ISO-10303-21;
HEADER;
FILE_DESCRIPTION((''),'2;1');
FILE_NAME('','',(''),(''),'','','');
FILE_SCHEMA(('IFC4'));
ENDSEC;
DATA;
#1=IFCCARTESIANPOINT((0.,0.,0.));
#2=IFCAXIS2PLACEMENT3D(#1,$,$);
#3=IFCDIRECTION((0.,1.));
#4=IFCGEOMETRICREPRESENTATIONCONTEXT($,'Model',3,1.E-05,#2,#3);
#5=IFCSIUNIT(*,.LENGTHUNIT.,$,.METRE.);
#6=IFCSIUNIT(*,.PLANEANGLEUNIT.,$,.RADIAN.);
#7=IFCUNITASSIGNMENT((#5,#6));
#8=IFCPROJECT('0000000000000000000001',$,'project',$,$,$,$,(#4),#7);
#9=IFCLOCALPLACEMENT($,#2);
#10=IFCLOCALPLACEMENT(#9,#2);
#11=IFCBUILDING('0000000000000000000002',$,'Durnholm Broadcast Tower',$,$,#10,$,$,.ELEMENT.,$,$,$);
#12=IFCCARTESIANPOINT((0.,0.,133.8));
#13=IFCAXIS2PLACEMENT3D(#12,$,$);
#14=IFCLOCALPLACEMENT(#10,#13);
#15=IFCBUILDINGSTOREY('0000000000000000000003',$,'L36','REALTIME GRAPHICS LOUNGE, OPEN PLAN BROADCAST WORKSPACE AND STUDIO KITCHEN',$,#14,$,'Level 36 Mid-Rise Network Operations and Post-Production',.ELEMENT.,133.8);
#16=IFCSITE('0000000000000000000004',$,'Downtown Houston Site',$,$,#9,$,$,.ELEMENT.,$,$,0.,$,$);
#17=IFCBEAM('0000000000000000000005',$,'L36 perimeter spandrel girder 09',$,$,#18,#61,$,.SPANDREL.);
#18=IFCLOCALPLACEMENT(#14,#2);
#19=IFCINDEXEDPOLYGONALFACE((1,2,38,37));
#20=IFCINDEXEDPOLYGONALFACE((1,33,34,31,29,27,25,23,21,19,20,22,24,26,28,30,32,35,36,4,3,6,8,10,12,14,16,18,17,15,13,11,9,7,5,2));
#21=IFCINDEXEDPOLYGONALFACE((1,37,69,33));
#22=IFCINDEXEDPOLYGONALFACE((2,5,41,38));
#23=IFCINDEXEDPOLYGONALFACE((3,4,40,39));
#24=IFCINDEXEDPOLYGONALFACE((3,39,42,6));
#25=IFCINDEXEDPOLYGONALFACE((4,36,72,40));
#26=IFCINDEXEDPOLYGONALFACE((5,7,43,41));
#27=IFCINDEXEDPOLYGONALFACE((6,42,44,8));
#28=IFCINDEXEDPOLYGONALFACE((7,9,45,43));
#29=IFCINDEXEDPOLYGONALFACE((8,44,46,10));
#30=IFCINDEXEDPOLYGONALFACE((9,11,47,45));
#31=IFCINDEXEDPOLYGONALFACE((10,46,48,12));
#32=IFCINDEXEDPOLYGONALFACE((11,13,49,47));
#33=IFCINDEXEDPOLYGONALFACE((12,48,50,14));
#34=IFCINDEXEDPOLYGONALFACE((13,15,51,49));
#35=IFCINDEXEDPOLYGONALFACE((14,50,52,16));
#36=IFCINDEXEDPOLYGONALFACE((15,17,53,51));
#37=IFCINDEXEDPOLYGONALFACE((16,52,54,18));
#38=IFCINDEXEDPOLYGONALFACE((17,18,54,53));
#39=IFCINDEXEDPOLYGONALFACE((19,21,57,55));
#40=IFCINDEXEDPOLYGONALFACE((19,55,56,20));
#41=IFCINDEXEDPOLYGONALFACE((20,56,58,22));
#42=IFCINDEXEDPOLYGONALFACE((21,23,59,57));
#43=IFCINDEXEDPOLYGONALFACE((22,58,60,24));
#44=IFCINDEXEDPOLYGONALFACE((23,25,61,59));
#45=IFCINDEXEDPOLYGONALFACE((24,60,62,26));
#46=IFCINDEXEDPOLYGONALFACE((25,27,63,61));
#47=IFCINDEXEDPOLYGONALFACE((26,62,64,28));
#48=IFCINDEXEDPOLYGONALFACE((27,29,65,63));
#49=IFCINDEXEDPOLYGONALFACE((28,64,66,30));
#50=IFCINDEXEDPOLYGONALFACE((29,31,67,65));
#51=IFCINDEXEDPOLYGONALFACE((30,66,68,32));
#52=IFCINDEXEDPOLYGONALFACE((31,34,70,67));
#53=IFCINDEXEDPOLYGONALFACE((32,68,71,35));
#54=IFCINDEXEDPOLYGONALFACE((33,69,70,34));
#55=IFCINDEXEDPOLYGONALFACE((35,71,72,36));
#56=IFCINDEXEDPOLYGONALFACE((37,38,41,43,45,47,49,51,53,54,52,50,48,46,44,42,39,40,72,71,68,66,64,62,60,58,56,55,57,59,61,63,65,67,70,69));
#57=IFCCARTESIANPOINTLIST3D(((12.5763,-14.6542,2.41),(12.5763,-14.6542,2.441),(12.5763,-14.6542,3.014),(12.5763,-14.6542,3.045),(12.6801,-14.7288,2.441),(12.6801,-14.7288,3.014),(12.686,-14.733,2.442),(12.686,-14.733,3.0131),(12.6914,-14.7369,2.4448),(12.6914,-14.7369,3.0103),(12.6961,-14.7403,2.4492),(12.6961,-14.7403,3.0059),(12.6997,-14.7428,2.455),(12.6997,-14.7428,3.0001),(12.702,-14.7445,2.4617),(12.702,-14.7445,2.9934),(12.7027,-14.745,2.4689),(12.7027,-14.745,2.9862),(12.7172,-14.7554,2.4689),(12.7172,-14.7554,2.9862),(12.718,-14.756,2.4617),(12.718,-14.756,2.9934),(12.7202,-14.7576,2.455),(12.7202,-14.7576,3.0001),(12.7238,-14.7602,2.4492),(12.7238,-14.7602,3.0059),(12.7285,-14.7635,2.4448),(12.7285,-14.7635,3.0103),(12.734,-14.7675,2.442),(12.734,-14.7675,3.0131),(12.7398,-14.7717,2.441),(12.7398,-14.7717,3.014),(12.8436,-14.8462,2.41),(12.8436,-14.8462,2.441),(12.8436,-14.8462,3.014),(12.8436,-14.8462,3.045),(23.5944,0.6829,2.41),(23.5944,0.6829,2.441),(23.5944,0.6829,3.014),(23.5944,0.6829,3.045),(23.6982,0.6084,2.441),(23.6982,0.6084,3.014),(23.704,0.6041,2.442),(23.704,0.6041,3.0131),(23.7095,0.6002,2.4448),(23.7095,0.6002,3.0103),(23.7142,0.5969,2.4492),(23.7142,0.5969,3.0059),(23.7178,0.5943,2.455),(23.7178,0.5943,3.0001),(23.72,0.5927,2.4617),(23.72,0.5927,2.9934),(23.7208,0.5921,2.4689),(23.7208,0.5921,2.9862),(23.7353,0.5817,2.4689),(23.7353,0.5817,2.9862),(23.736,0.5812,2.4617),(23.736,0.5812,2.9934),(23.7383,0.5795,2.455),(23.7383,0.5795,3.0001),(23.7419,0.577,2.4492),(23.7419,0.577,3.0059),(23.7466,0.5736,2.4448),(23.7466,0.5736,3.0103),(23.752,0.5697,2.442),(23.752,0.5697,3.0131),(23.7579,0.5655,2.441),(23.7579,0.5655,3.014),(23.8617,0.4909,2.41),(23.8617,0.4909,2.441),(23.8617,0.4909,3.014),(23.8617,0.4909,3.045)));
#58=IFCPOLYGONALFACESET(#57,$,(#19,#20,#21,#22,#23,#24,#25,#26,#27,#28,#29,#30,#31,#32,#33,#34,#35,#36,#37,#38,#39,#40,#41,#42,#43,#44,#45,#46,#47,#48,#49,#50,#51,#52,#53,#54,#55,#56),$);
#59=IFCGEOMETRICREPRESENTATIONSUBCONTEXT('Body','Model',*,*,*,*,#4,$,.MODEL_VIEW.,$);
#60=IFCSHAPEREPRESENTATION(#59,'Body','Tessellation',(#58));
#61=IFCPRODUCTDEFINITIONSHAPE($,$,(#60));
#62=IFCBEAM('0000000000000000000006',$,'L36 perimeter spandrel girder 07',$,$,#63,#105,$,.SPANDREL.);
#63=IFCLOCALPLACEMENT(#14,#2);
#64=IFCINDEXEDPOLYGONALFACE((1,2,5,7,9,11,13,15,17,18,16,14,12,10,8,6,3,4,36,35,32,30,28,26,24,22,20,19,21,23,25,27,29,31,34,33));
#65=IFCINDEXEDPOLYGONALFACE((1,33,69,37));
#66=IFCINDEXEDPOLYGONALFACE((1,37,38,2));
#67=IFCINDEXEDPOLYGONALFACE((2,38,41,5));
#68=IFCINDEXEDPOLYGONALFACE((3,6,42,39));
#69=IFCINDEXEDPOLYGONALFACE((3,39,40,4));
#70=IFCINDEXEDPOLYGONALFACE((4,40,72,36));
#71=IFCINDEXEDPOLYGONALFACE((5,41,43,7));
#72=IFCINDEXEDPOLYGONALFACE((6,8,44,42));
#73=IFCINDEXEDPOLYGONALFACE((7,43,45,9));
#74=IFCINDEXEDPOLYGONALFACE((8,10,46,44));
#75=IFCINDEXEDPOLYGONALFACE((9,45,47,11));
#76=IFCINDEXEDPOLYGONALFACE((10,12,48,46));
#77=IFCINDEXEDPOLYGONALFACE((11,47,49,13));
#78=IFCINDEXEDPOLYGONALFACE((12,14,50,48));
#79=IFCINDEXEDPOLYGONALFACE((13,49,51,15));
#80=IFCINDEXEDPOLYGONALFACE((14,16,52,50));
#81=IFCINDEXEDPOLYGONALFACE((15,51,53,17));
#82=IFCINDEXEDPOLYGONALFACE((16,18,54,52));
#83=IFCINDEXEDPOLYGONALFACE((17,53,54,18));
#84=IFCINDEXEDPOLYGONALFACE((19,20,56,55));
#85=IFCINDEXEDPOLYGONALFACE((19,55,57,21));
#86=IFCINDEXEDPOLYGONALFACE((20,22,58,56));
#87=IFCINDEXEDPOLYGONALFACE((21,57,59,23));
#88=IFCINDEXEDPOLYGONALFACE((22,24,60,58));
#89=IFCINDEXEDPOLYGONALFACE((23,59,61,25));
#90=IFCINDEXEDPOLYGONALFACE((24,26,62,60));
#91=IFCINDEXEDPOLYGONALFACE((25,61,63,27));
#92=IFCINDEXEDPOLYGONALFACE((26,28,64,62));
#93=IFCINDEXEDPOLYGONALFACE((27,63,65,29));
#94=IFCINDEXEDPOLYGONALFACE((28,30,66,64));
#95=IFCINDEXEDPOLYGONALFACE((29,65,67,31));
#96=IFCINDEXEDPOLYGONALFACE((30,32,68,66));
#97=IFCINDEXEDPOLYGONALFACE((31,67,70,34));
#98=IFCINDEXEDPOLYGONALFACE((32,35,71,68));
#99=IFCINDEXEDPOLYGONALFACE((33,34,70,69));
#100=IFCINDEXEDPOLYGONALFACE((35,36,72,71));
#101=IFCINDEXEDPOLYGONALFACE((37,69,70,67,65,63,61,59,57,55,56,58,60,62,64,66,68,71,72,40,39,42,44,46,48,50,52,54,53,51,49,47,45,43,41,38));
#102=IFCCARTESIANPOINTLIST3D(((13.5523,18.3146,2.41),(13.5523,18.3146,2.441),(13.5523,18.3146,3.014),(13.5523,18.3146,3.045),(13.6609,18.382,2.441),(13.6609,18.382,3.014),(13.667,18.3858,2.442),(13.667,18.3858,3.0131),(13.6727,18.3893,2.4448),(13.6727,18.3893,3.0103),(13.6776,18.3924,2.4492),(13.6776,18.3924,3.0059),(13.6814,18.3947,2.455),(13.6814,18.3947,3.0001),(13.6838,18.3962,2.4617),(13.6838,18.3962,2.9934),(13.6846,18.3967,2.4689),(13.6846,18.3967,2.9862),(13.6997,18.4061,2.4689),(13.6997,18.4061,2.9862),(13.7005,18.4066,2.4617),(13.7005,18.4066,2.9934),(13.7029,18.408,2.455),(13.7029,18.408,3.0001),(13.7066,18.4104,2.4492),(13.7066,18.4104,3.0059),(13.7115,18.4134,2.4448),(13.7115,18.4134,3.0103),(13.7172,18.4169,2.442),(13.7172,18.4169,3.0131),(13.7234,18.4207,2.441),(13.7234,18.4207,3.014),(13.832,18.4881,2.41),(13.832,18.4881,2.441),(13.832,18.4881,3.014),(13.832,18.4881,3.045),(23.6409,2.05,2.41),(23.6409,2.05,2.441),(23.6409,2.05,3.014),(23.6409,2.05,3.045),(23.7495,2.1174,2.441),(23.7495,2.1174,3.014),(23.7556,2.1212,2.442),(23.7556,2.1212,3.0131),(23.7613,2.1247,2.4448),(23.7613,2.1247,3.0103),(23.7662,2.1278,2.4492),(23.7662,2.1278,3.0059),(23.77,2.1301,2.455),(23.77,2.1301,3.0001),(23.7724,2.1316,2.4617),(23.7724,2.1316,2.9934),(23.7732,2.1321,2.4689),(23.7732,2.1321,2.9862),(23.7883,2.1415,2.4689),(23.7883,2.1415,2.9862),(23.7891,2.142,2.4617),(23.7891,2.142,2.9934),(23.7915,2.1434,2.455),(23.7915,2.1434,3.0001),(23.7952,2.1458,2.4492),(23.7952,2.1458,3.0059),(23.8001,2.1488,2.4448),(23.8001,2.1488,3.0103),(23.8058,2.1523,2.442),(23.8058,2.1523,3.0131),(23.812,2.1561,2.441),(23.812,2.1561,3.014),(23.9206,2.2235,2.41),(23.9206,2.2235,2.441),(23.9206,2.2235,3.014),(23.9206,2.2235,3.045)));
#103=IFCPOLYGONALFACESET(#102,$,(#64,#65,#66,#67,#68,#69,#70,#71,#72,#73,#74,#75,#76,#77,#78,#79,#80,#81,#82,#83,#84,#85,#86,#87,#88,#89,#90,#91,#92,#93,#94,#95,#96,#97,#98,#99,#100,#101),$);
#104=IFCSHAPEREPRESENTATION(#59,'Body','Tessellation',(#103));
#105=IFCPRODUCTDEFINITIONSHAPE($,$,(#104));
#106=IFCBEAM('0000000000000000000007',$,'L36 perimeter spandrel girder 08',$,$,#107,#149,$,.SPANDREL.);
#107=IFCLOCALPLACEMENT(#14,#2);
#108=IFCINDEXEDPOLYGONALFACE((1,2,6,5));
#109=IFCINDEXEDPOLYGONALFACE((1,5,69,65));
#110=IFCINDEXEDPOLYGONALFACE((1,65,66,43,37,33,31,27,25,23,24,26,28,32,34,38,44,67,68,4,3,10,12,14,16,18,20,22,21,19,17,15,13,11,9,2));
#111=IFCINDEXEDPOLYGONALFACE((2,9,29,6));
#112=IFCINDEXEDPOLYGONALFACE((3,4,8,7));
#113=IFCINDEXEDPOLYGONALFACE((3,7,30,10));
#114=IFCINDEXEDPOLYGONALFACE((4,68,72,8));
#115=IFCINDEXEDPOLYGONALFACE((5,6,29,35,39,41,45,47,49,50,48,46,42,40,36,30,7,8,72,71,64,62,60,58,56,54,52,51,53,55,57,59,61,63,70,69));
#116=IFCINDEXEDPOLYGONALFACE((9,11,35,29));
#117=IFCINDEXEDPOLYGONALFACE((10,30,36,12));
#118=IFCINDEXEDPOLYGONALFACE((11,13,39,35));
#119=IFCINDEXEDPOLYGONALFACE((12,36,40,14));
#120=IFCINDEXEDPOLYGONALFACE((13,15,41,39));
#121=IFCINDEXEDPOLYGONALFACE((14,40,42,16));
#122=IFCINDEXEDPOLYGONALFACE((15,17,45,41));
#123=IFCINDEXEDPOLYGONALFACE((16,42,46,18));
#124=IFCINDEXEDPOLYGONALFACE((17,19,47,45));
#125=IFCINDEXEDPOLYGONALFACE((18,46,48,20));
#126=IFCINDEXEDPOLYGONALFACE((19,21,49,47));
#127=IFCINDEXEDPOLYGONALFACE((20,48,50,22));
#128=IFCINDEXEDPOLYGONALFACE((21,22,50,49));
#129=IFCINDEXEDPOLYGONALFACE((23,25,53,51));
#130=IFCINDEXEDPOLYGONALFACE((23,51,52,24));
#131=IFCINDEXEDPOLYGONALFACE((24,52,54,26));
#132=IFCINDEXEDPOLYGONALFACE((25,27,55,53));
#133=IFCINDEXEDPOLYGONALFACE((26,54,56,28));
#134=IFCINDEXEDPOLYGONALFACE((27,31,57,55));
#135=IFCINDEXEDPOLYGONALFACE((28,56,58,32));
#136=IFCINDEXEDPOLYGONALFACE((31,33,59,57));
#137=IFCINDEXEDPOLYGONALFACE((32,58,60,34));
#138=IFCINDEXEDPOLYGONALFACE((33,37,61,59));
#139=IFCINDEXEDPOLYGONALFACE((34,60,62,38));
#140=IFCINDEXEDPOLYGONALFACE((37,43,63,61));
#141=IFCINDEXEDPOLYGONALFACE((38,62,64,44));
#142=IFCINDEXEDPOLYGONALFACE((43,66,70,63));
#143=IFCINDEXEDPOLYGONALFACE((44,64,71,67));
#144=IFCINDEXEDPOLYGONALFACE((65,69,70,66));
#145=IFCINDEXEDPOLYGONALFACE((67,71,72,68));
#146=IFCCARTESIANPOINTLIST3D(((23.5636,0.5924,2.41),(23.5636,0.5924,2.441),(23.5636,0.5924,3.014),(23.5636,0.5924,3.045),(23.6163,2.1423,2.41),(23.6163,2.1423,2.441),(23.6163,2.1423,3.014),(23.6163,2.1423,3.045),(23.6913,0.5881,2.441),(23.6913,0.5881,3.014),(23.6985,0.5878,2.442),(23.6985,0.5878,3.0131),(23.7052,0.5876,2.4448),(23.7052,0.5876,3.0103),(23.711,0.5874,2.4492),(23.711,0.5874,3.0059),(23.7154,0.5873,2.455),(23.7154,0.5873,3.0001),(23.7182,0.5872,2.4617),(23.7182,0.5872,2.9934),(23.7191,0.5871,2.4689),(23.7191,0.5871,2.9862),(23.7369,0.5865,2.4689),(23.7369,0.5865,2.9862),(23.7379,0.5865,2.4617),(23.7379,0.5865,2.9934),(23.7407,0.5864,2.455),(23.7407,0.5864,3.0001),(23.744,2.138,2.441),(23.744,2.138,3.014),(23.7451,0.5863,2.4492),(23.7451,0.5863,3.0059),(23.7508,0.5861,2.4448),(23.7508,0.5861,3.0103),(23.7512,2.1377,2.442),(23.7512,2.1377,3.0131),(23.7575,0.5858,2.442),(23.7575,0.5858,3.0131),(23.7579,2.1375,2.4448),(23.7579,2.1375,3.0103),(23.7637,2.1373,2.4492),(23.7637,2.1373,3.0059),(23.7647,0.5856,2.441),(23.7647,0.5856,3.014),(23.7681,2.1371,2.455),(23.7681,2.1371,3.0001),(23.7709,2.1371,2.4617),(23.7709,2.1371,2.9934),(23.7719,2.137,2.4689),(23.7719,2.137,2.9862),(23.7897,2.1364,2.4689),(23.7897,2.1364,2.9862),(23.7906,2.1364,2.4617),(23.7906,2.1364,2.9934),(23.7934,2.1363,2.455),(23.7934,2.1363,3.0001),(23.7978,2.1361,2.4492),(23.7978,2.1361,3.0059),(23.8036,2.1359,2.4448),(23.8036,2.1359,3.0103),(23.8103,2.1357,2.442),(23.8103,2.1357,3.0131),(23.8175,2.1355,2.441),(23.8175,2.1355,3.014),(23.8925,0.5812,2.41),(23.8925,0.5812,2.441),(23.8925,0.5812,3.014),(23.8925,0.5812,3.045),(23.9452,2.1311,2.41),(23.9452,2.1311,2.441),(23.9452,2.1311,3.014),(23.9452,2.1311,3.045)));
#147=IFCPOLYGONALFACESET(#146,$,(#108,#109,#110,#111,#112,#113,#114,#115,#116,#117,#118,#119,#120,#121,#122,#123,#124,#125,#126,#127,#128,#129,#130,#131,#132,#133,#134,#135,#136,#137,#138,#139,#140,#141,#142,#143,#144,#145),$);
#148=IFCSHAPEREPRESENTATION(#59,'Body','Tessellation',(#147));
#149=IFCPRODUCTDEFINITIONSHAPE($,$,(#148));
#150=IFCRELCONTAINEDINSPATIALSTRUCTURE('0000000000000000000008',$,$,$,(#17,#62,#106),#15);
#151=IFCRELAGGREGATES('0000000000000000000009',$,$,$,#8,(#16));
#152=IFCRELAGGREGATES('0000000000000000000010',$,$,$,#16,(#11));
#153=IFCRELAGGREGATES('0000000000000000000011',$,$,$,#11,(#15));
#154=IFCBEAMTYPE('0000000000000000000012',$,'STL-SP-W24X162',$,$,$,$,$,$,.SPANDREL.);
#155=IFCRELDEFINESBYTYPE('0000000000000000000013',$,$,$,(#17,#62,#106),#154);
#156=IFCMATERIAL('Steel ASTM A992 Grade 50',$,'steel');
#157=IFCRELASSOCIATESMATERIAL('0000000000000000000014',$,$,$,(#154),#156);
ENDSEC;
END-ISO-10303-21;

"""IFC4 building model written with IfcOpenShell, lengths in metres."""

from ifc_helpers import new_model, si_unit, direction, frame, origin, origin_2d, place, context, subcontext, project, spatial, i_section, extrude, source, transform, mapped, material, material_profile, profile_set, type_object, type_shapes, element, save


model = new_model("IFC4")

# Units and contexts
model_context = context("Model", 3, precision=1e-05, world=origin(), true_north=direction((0.0, 1.0)))
body_context = subcontext(model_context, "Body", "Model", "MODEL_VIEW")
ifc_project = project(units=[si_unit("LENGTHUNIT", "METRE"), si_unit("PLANEANGLEUNIT", "RADIAN")], contexts=[model_context])

# Site, building, storey
site_placement = place(None, origin())
site = spatial("IfcSite", under=ifc_project, at=site_placement, Name="Downtown Houston Site", CompositionType="ELEMENT", RefElevation=0.0)
building_placement = place(site_placement, origin())
building = spatial("IfcBuilding", under=site, at=building_placement, Name="Durnholm Broadcast Tower", CompositionType="ELEMENT")
storey_placement = place(building_placement, frame((0.0, 0.0, 133.8)))
storey = spatial("IfcBuildingStorey", under=building, at=storey_placement, Name="L36", Description="REALTIME GRAPHICS LOUNGE, OPEN PLAN BROADCAST WORKSPACE AND STUDIO KITCHEN", LongName="Level 36 Mid-Rise Network Operations and Post-Production", CompositionType="ELEMENT", Elevation=133.8)

# Beams
ifc_material_1 = material(Name="Steel ASTM A992 Grade 50", Category="steel")
ifc_material_profile_1 = material_profile(ifc_material_1, i_section(OverallWidth=0.3291, OverallDepth=0.635, WebThickness=0.0178, FlangeThickness=0.031, FilletRadius=0.0278, at=origin_2d()), Name="W24X162")
ifc_profile_set_1 = profile_set([ifc_material_profile_1], Name="Steel ASTM A992 Grade 50")
beam_type_1 = type_object("IfcBeamType", Name="STL-SP-W24X162", PredefinedType="SPANDREL", material=ifc_profile_set_1)
shared_shape_1 = source(origin(), body_context, "Body", "SweptSolid", [
    extrude(i_section(OverallWidth=0.3291, OverallDepth=0.635, WebThickness=0.0178, FlangeThickness=0.031, FilletRadius=0.0278, at=origin_2d()), origin(), (0.0, 0.0, 1.0), 18.8845),
])
beam_1_placement = place(storey_placement, frame((23.728, 0.5869, 2.7275), z_axis=(-0.583443, -0.812154, 0.0), x_axis=(0.812154, -0.583443, 0.0)))
element("IfcBeam", 1, at=beam_1_placement, inside=storey, type_object=beam_type_1, Name="L36 perimeter spandrel girder 09", PredefinedType="SPANDREL", context=body_context, shape_type="MappedRepresentation", body=[
    mapped(shared_shape_1, transform((0.0, 0.0, 0.0), x_axis=(1.0, 0.0, 0.0), y_axis=(0.0, 1.0, 0.0), z_axis=(0.0, 0.0, 1.0), scale=1.0)),
])
shared_shape_2 = source(origin(), body_context, "Body", "SweptSolid", [
    extrude(i_section(OverallWidth=0.3291, OverallDepth=0.635, WebThickness=0.0178, FlangeThickness=0.031, FilletRadius=0.0278, at=origin_2d()), origin(), (0.0, 0.0, 1.0), 19.1394),
])
beam_2_placement = place(storey_placement, frame((13.6921, 18.4014, 2.7275), z_axis=(0.527111, -0.849796, 0.0), x_axis=(0.849796, 0.527111, 0.0)))
element("IfcBeam", 2, at=beam_2_placement, inside=storey, type_object=beam_type_1, Name="L36 perimeter spandrel girder 07", PredefinedType="SPANDREL", context=body_context, shape_type="MappedRepresentation", body=[
    mapped(shared_shape_2, transform((0.0, 0.0, 0.0), x_axis=(1.0, 0.0, 0.0), y_axis=(0.0, 1.0, 0.0), z_axis=(0.0, 0.0, 1.0), scale=1.0)),
])
shared_shape_3 = source(origin(), body_context, "Body", "SweptSolid", [
    extrude(i_section(OverallWidth=0.3291, OverallDepth=0.635, WebThickness=0.0178, FlangeThickness=0.031, FilletRadius=0.0278, at=origin_2d()), origin(), (0.0, 0.0, 1.0), 1.5508),
])
type_shapes(beam_type_1, [shared_shape_1, shared_shape_2, shared_shape_3])
beam_3_placement = place(storey_placement, frame((23.7808, 2.1367, 2.7275), z_axis=(-0.034007, -0.999422, 0.0), x_axis=(0.999422, -0.034007, 0.0)))
element("IfcBeam", 3, at=beam_3_placement, inside=storey, type_object=beam_type_1, Name="L36 perimeter spandrel girder 08", PredefinedType="SPANDREL", context=body_context, shape_type="MappedRepresentation", body=[
    mapped(shared_shape_3, transform((0.0, 0.0, 0.0), x_axis=(1.0, 0.0, 0.0), y_axis=(0.0, 1.0, 0.0), z_axis=(0.0, 0.0, 1.0), scale=1.0)),
])

save(model, "model.ifc")
